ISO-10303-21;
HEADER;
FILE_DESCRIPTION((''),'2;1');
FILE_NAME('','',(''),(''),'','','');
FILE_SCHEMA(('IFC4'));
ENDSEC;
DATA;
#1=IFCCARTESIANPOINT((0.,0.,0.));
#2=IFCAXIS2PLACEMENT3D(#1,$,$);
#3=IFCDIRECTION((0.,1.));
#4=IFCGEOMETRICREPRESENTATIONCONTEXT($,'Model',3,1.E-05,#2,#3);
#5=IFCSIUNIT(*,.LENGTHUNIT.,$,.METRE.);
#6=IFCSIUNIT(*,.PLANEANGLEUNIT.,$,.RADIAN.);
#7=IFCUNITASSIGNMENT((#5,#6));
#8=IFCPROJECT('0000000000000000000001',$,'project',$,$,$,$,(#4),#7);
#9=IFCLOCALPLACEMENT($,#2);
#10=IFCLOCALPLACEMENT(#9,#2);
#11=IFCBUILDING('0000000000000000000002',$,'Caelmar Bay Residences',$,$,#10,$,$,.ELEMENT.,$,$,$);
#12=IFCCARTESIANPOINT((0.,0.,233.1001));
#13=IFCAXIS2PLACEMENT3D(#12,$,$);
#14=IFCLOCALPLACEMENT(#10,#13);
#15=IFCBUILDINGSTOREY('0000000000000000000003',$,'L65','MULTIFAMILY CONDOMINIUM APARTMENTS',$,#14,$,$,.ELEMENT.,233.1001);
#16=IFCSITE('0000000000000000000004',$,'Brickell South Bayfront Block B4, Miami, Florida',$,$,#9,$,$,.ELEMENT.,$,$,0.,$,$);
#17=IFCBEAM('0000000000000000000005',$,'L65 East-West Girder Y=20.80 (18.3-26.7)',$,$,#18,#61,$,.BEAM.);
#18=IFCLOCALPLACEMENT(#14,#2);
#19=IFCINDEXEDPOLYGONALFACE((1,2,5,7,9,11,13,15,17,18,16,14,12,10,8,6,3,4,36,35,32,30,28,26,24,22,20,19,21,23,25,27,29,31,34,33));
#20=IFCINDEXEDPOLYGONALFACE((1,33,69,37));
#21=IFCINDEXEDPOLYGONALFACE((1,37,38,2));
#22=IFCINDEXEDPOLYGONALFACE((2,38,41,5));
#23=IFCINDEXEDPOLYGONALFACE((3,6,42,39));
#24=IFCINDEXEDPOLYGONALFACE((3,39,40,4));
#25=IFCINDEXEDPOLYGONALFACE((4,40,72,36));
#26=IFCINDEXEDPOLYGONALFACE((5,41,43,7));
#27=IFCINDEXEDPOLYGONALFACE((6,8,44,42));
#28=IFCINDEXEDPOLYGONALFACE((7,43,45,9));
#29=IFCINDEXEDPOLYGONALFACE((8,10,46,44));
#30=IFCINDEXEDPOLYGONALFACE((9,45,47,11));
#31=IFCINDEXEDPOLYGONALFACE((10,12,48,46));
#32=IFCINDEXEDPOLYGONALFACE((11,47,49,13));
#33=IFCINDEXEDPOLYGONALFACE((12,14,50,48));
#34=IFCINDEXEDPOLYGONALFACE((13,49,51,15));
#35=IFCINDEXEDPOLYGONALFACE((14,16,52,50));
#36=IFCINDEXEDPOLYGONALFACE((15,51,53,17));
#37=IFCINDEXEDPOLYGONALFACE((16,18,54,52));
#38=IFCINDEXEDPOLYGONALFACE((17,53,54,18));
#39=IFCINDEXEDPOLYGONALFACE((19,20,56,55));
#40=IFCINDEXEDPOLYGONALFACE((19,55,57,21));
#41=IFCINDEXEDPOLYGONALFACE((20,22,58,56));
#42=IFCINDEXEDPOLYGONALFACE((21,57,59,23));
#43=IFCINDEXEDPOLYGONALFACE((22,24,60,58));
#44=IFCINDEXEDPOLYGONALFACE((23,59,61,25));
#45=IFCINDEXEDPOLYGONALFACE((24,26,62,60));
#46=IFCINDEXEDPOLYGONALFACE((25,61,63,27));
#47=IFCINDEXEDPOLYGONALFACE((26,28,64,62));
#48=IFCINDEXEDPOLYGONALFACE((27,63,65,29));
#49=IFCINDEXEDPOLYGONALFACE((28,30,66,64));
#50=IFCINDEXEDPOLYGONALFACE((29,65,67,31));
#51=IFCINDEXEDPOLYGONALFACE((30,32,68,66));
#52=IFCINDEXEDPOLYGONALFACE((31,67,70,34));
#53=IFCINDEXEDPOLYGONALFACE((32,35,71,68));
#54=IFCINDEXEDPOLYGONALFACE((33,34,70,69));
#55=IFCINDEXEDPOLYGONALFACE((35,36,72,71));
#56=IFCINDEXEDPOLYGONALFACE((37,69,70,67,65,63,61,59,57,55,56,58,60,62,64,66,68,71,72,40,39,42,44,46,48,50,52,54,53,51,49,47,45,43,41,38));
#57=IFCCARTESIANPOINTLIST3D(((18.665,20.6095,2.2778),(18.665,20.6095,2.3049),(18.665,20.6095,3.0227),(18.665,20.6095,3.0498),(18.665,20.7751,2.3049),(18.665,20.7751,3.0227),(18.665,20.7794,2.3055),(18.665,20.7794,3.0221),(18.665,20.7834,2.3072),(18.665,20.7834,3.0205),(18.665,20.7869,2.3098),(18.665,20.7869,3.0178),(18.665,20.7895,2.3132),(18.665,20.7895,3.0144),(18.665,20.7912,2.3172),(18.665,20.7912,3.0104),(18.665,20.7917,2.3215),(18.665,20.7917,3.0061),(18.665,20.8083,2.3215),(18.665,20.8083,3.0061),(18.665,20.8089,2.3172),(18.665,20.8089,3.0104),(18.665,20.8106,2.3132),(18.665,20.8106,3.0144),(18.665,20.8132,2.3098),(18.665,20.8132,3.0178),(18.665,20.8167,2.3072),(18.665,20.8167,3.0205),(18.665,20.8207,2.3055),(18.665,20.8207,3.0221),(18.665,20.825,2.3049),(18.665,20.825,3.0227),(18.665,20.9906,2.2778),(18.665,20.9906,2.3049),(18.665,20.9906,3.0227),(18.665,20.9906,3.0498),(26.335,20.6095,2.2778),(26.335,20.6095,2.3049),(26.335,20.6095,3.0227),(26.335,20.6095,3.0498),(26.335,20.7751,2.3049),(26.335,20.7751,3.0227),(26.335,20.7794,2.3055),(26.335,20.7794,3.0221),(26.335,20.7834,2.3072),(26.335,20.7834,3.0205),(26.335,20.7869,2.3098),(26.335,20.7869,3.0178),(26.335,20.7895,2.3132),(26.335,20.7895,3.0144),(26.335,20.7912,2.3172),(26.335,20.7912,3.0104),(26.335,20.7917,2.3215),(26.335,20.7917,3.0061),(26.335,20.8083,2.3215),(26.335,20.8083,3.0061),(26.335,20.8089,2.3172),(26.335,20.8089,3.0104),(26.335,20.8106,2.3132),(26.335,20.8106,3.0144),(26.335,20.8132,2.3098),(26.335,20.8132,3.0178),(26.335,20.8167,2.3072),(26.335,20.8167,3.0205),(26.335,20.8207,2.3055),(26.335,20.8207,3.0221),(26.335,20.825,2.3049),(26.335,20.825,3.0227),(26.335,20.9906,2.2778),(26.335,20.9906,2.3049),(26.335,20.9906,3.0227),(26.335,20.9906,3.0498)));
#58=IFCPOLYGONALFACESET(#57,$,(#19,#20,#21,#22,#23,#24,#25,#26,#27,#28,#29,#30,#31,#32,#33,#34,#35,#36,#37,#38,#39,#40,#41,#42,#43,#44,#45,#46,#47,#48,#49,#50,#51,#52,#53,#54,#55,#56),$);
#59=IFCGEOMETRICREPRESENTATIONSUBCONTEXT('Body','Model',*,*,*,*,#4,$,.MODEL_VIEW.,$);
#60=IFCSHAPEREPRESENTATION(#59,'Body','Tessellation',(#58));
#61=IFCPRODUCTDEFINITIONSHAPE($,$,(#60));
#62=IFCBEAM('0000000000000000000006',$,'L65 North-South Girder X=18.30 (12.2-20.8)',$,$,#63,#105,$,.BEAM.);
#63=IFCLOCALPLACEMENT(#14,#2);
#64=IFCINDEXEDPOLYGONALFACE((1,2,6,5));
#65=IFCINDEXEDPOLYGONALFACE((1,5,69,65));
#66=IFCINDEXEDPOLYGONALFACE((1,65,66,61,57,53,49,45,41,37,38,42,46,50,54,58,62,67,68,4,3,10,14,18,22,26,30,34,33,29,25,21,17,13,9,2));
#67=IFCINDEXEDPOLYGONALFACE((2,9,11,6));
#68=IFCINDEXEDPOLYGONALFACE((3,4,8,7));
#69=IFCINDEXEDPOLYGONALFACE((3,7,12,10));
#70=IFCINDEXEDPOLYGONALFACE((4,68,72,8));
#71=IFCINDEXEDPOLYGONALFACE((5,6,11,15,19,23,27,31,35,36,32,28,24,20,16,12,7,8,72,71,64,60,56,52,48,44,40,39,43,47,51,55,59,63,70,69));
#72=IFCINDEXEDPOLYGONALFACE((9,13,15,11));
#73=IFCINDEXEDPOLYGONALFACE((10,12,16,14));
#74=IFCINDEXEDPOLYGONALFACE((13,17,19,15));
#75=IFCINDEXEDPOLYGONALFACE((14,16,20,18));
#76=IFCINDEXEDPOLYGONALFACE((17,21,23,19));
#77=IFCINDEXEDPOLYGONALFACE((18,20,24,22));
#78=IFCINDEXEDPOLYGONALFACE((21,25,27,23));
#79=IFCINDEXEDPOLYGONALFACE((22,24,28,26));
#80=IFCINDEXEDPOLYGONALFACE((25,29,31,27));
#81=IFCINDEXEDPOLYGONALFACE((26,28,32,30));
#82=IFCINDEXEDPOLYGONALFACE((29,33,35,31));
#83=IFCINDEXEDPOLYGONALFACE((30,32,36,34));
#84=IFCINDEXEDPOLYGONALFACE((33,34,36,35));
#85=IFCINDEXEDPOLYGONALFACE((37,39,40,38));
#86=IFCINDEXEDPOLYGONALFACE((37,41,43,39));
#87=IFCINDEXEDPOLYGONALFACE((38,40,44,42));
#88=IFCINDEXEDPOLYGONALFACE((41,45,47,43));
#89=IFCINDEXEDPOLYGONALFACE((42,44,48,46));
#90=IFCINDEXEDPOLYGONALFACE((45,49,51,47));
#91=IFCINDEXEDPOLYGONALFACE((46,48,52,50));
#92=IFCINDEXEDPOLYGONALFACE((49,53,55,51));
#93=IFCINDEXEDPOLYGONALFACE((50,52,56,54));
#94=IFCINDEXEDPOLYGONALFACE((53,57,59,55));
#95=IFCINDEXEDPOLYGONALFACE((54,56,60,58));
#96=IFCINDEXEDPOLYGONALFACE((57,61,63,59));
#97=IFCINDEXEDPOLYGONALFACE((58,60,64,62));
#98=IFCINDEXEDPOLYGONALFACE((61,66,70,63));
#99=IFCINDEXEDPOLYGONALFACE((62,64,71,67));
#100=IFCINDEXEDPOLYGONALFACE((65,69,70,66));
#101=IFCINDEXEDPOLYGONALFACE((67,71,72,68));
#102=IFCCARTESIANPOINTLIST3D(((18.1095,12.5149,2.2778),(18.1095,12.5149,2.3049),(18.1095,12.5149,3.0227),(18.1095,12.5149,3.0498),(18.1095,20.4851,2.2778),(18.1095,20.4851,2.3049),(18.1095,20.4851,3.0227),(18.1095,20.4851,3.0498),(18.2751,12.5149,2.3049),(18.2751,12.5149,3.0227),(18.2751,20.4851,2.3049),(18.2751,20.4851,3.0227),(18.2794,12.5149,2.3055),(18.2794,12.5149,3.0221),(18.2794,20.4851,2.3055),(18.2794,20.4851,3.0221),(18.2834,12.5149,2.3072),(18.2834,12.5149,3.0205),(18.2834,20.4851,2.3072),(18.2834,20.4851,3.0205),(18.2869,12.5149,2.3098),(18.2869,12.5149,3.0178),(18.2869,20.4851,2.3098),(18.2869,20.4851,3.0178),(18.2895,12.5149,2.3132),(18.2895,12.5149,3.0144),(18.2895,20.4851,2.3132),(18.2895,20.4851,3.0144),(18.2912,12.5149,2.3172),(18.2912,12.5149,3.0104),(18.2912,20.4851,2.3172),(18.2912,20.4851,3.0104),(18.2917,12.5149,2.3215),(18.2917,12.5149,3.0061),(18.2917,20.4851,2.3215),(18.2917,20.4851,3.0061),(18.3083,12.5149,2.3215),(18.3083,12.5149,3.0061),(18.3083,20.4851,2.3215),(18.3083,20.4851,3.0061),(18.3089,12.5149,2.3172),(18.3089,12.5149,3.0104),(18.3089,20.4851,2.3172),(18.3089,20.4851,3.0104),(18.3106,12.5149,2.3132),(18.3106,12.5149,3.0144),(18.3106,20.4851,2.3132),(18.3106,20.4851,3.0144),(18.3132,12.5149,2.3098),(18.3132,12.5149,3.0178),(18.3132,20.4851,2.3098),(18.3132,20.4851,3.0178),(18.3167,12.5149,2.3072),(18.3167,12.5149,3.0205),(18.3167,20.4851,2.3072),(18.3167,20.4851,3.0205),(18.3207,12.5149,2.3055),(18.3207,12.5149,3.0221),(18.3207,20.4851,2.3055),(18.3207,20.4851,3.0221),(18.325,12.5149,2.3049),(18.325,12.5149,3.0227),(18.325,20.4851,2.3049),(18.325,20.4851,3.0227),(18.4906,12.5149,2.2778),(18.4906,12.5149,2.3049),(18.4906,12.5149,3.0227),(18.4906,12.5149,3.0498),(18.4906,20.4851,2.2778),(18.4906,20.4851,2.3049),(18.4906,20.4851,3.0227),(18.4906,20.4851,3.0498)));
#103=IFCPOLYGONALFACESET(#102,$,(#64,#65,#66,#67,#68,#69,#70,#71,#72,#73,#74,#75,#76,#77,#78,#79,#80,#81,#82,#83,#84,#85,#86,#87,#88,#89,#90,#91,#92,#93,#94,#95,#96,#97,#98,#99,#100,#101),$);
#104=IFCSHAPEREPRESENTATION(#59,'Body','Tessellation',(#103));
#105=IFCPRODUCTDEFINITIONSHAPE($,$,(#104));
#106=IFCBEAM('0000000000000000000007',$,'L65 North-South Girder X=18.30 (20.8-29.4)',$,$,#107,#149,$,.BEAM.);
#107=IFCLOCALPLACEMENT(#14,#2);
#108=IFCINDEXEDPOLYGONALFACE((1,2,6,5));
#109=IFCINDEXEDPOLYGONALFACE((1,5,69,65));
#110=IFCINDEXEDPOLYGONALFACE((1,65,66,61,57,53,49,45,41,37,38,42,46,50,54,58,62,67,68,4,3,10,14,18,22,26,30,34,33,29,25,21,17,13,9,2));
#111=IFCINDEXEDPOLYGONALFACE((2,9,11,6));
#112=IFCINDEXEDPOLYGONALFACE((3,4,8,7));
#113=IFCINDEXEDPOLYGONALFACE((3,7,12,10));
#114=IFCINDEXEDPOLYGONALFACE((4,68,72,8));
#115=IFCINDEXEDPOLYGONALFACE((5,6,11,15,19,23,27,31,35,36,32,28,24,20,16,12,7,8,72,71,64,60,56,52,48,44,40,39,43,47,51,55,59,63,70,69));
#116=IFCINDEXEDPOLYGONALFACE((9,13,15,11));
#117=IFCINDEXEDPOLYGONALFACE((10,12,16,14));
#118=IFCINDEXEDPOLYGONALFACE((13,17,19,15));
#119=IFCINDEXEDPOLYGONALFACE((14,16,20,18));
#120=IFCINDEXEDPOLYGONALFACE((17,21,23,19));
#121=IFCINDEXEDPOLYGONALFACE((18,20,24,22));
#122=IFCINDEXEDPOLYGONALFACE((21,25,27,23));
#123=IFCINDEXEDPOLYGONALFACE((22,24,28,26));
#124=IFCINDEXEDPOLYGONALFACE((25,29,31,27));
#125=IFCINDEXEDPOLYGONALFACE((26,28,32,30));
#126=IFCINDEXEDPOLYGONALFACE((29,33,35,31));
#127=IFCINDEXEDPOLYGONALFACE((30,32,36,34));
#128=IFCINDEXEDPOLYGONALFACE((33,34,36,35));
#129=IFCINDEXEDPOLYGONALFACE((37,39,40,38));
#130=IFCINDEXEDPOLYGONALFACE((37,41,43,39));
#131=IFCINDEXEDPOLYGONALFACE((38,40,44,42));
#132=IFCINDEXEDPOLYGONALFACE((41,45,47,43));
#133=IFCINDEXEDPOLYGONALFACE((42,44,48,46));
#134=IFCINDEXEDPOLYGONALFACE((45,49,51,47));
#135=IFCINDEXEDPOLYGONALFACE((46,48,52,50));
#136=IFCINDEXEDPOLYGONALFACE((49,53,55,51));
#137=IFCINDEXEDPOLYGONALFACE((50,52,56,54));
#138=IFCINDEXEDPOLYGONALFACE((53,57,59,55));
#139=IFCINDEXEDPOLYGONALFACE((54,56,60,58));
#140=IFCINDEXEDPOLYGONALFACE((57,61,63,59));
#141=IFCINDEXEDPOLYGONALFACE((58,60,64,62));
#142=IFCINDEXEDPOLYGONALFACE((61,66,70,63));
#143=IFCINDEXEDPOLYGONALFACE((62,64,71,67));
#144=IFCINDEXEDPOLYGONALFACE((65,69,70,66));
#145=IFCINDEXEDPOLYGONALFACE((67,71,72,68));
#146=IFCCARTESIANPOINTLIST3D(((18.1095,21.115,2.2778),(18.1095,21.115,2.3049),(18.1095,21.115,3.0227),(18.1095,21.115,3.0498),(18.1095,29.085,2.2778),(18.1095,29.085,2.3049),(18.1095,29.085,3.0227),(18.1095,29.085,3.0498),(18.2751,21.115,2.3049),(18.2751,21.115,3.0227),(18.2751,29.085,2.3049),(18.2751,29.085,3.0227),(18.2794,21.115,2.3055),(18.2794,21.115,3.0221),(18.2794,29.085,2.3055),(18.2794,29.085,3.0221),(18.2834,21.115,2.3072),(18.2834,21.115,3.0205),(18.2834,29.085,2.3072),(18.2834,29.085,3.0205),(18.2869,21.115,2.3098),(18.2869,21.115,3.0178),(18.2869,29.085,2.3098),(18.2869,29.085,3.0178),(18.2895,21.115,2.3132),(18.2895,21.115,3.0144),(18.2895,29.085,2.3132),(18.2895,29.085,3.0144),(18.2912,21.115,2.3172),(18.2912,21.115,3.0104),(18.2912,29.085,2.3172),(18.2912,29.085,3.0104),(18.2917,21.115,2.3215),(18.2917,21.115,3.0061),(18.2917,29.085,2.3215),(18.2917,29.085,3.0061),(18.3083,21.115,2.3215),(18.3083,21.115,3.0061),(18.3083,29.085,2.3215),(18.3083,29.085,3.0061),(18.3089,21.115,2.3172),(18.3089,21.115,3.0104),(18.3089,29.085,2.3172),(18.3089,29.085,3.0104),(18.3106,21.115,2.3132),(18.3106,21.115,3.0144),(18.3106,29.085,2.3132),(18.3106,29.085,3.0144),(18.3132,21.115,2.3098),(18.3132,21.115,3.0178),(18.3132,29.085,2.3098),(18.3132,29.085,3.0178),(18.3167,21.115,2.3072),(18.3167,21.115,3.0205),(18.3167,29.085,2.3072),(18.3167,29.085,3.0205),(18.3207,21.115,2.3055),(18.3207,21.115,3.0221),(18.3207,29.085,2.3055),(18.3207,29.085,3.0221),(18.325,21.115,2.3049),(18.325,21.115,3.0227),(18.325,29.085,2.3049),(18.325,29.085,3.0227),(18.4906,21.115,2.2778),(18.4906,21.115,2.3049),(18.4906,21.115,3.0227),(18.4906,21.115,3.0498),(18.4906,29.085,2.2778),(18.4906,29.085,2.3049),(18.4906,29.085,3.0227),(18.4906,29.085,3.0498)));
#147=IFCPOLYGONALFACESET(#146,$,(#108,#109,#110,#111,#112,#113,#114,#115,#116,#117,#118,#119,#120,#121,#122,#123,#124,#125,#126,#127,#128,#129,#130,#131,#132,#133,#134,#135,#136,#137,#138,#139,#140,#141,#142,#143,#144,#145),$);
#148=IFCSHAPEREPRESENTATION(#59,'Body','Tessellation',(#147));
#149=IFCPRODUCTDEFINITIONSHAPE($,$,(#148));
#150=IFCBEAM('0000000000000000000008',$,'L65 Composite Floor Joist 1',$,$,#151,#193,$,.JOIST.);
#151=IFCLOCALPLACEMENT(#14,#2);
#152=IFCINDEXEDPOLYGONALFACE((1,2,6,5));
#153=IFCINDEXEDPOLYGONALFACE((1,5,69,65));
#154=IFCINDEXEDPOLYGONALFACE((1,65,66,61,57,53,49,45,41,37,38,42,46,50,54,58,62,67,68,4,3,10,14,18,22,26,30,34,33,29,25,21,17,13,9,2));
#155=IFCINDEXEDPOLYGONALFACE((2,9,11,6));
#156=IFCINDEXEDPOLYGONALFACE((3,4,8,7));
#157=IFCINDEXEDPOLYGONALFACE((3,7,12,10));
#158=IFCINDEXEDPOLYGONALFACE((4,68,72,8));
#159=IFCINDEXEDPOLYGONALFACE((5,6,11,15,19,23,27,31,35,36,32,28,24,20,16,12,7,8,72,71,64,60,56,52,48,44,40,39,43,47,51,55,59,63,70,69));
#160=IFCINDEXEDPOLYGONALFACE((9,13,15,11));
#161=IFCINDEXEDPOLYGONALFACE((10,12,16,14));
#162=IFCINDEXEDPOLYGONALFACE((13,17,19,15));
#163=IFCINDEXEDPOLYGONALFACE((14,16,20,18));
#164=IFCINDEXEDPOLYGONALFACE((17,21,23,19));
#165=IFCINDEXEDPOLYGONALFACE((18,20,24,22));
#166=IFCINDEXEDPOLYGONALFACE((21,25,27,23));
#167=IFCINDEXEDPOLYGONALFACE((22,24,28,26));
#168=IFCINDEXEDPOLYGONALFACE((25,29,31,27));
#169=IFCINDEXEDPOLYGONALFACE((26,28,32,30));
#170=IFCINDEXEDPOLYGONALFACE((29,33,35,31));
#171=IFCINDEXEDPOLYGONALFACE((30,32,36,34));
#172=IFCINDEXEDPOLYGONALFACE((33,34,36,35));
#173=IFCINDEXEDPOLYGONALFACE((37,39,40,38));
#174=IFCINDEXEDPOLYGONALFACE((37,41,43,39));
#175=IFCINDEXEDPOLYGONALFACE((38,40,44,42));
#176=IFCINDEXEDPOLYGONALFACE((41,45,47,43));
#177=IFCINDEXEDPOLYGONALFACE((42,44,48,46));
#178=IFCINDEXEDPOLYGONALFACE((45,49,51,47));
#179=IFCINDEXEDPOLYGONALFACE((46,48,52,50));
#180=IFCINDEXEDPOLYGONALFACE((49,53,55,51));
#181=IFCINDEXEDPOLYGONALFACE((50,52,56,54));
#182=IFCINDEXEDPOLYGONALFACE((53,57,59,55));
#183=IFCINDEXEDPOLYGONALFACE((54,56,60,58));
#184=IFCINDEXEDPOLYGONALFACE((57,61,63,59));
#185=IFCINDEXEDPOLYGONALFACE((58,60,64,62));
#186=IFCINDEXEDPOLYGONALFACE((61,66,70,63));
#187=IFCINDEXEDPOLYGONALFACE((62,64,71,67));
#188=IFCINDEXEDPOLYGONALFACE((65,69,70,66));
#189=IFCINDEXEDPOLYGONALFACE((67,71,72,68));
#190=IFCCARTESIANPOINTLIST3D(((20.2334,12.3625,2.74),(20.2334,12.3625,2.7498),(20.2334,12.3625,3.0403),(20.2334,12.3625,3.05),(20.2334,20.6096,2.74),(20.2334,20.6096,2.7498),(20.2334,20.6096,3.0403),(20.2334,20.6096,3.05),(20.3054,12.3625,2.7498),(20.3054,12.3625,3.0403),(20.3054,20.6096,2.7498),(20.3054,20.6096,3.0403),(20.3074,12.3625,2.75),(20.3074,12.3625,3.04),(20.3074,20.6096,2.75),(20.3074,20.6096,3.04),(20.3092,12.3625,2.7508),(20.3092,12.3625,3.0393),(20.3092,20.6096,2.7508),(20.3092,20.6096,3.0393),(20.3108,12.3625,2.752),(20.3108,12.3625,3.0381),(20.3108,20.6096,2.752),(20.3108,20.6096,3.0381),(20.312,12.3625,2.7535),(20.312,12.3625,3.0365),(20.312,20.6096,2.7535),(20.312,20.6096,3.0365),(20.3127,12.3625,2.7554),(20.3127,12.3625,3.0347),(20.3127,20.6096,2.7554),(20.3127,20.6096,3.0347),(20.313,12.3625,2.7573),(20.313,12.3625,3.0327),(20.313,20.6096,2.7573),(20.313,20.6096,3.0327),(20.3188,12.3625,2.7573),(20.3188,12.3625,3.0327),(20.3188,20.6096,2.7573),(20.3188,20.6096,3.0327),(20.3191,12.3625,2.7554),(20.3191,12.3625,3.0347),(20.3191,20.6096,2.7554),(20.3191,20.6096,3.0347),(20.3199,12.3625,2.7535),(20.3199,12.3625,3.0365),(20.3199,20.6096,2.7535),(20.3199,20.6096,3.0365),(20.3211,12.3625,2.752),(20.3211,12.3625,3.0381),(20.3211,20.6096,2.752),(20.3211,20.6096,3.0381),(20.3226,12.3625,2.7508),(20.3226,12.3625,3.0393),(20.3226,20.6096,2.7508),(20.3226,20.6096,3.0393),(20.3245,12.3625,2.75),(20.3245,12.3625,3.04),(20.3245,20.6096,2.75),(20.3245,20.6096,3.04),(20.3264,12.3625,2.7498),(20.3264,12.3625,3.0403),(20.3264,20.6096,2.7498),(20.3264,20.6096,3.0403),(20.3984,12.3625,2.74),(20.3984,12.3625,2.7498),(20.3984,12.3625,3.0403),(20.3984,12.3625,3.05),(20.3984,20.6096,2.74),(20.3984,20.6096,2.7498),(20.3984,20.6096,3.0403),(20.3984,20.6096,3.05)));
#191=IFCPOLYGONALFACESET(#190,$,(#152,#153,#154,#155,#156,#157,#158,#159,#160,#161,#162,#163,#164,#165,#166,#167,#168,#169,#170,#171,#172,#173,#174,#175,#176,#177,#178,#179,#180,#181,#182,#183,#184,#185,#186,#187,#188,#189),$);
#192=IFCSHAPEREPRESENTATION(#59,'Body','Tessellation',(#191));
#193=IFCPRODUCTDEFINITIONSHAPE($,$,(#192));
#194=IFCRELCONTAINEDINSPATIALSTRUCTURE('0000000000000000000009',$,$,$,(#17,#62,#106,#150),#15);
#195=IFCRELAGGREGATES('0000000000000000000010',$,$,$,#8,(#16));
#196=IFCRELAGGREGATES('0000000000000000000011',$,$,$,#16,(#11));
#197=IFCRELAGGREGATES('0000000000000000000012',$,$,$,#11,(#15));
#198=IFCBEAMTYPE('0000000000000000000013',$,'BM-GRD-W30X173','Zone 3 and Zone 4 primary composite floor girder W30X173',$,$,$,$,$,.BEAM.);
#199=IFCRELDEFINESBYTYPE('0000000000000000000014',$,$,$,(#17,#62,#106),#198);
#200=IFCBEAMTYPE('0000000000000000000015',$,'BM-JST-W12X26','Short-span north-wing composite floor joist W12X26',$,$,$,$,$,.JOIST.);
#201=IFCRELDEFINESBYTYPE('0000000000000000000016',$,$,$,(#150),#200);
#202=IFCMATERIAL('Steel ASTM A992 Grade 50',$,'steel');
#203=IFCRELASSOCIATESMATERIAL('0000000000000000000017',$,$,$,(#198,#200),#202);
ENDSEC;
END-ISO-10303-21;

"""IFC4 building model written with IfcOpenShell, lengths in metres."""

from ifc_helpers import new_model, si_unit, direction, frame, origin, origin_2d, place, context, subcontext, project, spatial, i_section, extrude, material, material_profile, profile_set, type_object, element, save


model = new_model("IFC4")

# Units and contexts
model_context = context("Model", 3, precision=1e-05, world=origin(), true_north=direction((0.0, 1.0)))
body_context = subcontext(model_context, "Body", "Model", "MODEL_VIEW")
ifc_project = project(units=[si_unit("LENGTHUNIT", "METRE"), si_unit("PLANEANGLEUNIT", "RADIAN")], contexts=[model_context])

# Site, building, storey
site_placement = place(None, origin())
site = spatial("IfcSite", under=ifc_project, at=site_placement, Name="Brickell South Bayfront Block B4, Miami, Florida", CompositionType="ELEMENT", RefElevation=0.0)
building_placement = place(site_placement, origin())
building = spatial("IfcBuilding", under=site, at=building_placement, Name="Caelmar Bay Residences", CompositionType="ELEMENT")
storey_placement = place(building_placement, frame((0.0, 0.0, 233.1001)))
storey = spatial("IfcBuildingStorey", under=building, at=storey_placement, Name="L65", Description="MULTIFAMILY CONDOMINIUM APARTMENTS", CompositionType="ELEMENT", Elevation=233.1001)

# Beams
ifc_material_1 = material(Name="Steel ASTM A992 Grade 50", Category="steel")
ifc_material_profile_1 = material_profile(ifc_material_1, i_section(OverallWidth=0.3811, OverallDepth=0.772, WebThickness=0.0166, FlangeThickness=0.0271, FilletRadius=0.0166, at=origin_2d()), Name="W30X173")
ifc_profile_set_1 = profile_set([ifc_material_profile_1], Name="Steel ASTM A992 Grade 50")
beam_type_1 = type_object("IfcBeamType", Name="BM-GRD-W30X173", Description="Zone 3 and Zone 4 primary composite floor girder W30X173", PredefinedType="BEAM", material=ifc_profile_set_1)
beam_1_placement = place(storey_placement, frame((18.665, 20.8, 2.6638), z_axis=(1.0, 0.0, 0.0), x_axis=(0.0, 1.0, 0.0)))
element("IfcBeam", 1, at=beam_1_placement, inside=storey, type_object=beam_type_1, Name="L65 East-West Girder Y=20.80 (18.3-26.7)", PredefinedType="BEAM", context=body_context, shape_type="SweptSolid", body=[
    extrude(i_section(OverallWidth=0.3811, OverallDepth=0.772, WebThickness=0.0166, FlangeThickness=0.0271, FilletRadius=0.0166, at=origin_2d()), origin(), (0.0, 0.0, 1.0), 7.6699),
])
beam_2_placement = place(storey_placement, frame((18.3, 12.5149, 2.6638), z_axis=(0.0, 1.0, 0.0), x_axis=(-1.0, 0.0, 0.0)))
element("IfcBeam", 2, at=beam_2_placement, inside=storey, type_object=beam_type_1, Name="L65 North-South Girder X=18.30 (12.2-20.8)", PredefinedType="BEAM", context=body_context, shape_type="SweptSolid", body=[
    extrude(i_section(OverallWidth=0.3811, OverallDepth=0.772, WebThickness=0.0166, FlangeThickness=0.0271, FilletRadius=0.0166, at=origin_2d()), origin(), (0.0, 0.0, 1.0), 7.9702),
])
beam_3_placement = place(storey_placement, frame((18.3, 21.115, 2.6638), z_axis=(0.0, 1.0, 0.0), x_axis=(-1.0, 0.0, 0.0)))
element("IfcBeam", 3, at=beam_3_placement, inside=storey, type_object=beam_type_1, Name="L65 North-South Girder X=18.30 (20.8-29.4)", PredefinedType="BEAM", context=body_context, shape_type="SweptSolid", body=[
    extrude(i_section(OverallWidth=0.3811, OverallDepth=0.772, WebThickness=0.0166, FlangeThickness=0.0271, FilletRadius=0.0166, at=origin_2d()), origin(), (0.0, 0.0, 1.0), 7.97),
])
ifc_material_profile_2 = material_profile(ifc_material_1, i_section(OverallWidth=0.165, OverallDepth=0.3101, WebThickness=0.0059, FlangeThickness=0.0098, FilletRadius=0.0076, at=origin_2d()), Name="W12X26")
ifc_profile_set_2 = profile_set([ifc_material_profile_2], Name="Steel ASTM A992 Grade 50")
beam_type_2 = type_object("IfcBeamType", Name="BM-JST-W12X26", Description="Short-span north-wing composite floor joist W12X26", PredefinedType="JOIST", material=ifc_profile_set_2)
beam_4_placement = place(storey_placement, frame((20.3159, 12.3625, 2.895), z_axis=(0.0, 1.0, 0.0), x_axis=(-1.0, 0.0, 0.0)))
element("IfcBeam", 4, at=beam_4_placement, inside=storey, type_object=beam_type_2, Name="L65 Composite Floor Joist 1", PredefinedType="JOIST", context=body_context, shape_type="SweptSolid", body=[
    extrude(i_section(OverallWidth=0.165, OverallDepth=0.3101, WebThickness=0.0059, FlangeThickness=0.0098, FilletRadius=0.0076, at=origin_2d()), origin(), (0.0, 0.0, 1.0), 8.2471),
])

save(model, "model.ifc")
